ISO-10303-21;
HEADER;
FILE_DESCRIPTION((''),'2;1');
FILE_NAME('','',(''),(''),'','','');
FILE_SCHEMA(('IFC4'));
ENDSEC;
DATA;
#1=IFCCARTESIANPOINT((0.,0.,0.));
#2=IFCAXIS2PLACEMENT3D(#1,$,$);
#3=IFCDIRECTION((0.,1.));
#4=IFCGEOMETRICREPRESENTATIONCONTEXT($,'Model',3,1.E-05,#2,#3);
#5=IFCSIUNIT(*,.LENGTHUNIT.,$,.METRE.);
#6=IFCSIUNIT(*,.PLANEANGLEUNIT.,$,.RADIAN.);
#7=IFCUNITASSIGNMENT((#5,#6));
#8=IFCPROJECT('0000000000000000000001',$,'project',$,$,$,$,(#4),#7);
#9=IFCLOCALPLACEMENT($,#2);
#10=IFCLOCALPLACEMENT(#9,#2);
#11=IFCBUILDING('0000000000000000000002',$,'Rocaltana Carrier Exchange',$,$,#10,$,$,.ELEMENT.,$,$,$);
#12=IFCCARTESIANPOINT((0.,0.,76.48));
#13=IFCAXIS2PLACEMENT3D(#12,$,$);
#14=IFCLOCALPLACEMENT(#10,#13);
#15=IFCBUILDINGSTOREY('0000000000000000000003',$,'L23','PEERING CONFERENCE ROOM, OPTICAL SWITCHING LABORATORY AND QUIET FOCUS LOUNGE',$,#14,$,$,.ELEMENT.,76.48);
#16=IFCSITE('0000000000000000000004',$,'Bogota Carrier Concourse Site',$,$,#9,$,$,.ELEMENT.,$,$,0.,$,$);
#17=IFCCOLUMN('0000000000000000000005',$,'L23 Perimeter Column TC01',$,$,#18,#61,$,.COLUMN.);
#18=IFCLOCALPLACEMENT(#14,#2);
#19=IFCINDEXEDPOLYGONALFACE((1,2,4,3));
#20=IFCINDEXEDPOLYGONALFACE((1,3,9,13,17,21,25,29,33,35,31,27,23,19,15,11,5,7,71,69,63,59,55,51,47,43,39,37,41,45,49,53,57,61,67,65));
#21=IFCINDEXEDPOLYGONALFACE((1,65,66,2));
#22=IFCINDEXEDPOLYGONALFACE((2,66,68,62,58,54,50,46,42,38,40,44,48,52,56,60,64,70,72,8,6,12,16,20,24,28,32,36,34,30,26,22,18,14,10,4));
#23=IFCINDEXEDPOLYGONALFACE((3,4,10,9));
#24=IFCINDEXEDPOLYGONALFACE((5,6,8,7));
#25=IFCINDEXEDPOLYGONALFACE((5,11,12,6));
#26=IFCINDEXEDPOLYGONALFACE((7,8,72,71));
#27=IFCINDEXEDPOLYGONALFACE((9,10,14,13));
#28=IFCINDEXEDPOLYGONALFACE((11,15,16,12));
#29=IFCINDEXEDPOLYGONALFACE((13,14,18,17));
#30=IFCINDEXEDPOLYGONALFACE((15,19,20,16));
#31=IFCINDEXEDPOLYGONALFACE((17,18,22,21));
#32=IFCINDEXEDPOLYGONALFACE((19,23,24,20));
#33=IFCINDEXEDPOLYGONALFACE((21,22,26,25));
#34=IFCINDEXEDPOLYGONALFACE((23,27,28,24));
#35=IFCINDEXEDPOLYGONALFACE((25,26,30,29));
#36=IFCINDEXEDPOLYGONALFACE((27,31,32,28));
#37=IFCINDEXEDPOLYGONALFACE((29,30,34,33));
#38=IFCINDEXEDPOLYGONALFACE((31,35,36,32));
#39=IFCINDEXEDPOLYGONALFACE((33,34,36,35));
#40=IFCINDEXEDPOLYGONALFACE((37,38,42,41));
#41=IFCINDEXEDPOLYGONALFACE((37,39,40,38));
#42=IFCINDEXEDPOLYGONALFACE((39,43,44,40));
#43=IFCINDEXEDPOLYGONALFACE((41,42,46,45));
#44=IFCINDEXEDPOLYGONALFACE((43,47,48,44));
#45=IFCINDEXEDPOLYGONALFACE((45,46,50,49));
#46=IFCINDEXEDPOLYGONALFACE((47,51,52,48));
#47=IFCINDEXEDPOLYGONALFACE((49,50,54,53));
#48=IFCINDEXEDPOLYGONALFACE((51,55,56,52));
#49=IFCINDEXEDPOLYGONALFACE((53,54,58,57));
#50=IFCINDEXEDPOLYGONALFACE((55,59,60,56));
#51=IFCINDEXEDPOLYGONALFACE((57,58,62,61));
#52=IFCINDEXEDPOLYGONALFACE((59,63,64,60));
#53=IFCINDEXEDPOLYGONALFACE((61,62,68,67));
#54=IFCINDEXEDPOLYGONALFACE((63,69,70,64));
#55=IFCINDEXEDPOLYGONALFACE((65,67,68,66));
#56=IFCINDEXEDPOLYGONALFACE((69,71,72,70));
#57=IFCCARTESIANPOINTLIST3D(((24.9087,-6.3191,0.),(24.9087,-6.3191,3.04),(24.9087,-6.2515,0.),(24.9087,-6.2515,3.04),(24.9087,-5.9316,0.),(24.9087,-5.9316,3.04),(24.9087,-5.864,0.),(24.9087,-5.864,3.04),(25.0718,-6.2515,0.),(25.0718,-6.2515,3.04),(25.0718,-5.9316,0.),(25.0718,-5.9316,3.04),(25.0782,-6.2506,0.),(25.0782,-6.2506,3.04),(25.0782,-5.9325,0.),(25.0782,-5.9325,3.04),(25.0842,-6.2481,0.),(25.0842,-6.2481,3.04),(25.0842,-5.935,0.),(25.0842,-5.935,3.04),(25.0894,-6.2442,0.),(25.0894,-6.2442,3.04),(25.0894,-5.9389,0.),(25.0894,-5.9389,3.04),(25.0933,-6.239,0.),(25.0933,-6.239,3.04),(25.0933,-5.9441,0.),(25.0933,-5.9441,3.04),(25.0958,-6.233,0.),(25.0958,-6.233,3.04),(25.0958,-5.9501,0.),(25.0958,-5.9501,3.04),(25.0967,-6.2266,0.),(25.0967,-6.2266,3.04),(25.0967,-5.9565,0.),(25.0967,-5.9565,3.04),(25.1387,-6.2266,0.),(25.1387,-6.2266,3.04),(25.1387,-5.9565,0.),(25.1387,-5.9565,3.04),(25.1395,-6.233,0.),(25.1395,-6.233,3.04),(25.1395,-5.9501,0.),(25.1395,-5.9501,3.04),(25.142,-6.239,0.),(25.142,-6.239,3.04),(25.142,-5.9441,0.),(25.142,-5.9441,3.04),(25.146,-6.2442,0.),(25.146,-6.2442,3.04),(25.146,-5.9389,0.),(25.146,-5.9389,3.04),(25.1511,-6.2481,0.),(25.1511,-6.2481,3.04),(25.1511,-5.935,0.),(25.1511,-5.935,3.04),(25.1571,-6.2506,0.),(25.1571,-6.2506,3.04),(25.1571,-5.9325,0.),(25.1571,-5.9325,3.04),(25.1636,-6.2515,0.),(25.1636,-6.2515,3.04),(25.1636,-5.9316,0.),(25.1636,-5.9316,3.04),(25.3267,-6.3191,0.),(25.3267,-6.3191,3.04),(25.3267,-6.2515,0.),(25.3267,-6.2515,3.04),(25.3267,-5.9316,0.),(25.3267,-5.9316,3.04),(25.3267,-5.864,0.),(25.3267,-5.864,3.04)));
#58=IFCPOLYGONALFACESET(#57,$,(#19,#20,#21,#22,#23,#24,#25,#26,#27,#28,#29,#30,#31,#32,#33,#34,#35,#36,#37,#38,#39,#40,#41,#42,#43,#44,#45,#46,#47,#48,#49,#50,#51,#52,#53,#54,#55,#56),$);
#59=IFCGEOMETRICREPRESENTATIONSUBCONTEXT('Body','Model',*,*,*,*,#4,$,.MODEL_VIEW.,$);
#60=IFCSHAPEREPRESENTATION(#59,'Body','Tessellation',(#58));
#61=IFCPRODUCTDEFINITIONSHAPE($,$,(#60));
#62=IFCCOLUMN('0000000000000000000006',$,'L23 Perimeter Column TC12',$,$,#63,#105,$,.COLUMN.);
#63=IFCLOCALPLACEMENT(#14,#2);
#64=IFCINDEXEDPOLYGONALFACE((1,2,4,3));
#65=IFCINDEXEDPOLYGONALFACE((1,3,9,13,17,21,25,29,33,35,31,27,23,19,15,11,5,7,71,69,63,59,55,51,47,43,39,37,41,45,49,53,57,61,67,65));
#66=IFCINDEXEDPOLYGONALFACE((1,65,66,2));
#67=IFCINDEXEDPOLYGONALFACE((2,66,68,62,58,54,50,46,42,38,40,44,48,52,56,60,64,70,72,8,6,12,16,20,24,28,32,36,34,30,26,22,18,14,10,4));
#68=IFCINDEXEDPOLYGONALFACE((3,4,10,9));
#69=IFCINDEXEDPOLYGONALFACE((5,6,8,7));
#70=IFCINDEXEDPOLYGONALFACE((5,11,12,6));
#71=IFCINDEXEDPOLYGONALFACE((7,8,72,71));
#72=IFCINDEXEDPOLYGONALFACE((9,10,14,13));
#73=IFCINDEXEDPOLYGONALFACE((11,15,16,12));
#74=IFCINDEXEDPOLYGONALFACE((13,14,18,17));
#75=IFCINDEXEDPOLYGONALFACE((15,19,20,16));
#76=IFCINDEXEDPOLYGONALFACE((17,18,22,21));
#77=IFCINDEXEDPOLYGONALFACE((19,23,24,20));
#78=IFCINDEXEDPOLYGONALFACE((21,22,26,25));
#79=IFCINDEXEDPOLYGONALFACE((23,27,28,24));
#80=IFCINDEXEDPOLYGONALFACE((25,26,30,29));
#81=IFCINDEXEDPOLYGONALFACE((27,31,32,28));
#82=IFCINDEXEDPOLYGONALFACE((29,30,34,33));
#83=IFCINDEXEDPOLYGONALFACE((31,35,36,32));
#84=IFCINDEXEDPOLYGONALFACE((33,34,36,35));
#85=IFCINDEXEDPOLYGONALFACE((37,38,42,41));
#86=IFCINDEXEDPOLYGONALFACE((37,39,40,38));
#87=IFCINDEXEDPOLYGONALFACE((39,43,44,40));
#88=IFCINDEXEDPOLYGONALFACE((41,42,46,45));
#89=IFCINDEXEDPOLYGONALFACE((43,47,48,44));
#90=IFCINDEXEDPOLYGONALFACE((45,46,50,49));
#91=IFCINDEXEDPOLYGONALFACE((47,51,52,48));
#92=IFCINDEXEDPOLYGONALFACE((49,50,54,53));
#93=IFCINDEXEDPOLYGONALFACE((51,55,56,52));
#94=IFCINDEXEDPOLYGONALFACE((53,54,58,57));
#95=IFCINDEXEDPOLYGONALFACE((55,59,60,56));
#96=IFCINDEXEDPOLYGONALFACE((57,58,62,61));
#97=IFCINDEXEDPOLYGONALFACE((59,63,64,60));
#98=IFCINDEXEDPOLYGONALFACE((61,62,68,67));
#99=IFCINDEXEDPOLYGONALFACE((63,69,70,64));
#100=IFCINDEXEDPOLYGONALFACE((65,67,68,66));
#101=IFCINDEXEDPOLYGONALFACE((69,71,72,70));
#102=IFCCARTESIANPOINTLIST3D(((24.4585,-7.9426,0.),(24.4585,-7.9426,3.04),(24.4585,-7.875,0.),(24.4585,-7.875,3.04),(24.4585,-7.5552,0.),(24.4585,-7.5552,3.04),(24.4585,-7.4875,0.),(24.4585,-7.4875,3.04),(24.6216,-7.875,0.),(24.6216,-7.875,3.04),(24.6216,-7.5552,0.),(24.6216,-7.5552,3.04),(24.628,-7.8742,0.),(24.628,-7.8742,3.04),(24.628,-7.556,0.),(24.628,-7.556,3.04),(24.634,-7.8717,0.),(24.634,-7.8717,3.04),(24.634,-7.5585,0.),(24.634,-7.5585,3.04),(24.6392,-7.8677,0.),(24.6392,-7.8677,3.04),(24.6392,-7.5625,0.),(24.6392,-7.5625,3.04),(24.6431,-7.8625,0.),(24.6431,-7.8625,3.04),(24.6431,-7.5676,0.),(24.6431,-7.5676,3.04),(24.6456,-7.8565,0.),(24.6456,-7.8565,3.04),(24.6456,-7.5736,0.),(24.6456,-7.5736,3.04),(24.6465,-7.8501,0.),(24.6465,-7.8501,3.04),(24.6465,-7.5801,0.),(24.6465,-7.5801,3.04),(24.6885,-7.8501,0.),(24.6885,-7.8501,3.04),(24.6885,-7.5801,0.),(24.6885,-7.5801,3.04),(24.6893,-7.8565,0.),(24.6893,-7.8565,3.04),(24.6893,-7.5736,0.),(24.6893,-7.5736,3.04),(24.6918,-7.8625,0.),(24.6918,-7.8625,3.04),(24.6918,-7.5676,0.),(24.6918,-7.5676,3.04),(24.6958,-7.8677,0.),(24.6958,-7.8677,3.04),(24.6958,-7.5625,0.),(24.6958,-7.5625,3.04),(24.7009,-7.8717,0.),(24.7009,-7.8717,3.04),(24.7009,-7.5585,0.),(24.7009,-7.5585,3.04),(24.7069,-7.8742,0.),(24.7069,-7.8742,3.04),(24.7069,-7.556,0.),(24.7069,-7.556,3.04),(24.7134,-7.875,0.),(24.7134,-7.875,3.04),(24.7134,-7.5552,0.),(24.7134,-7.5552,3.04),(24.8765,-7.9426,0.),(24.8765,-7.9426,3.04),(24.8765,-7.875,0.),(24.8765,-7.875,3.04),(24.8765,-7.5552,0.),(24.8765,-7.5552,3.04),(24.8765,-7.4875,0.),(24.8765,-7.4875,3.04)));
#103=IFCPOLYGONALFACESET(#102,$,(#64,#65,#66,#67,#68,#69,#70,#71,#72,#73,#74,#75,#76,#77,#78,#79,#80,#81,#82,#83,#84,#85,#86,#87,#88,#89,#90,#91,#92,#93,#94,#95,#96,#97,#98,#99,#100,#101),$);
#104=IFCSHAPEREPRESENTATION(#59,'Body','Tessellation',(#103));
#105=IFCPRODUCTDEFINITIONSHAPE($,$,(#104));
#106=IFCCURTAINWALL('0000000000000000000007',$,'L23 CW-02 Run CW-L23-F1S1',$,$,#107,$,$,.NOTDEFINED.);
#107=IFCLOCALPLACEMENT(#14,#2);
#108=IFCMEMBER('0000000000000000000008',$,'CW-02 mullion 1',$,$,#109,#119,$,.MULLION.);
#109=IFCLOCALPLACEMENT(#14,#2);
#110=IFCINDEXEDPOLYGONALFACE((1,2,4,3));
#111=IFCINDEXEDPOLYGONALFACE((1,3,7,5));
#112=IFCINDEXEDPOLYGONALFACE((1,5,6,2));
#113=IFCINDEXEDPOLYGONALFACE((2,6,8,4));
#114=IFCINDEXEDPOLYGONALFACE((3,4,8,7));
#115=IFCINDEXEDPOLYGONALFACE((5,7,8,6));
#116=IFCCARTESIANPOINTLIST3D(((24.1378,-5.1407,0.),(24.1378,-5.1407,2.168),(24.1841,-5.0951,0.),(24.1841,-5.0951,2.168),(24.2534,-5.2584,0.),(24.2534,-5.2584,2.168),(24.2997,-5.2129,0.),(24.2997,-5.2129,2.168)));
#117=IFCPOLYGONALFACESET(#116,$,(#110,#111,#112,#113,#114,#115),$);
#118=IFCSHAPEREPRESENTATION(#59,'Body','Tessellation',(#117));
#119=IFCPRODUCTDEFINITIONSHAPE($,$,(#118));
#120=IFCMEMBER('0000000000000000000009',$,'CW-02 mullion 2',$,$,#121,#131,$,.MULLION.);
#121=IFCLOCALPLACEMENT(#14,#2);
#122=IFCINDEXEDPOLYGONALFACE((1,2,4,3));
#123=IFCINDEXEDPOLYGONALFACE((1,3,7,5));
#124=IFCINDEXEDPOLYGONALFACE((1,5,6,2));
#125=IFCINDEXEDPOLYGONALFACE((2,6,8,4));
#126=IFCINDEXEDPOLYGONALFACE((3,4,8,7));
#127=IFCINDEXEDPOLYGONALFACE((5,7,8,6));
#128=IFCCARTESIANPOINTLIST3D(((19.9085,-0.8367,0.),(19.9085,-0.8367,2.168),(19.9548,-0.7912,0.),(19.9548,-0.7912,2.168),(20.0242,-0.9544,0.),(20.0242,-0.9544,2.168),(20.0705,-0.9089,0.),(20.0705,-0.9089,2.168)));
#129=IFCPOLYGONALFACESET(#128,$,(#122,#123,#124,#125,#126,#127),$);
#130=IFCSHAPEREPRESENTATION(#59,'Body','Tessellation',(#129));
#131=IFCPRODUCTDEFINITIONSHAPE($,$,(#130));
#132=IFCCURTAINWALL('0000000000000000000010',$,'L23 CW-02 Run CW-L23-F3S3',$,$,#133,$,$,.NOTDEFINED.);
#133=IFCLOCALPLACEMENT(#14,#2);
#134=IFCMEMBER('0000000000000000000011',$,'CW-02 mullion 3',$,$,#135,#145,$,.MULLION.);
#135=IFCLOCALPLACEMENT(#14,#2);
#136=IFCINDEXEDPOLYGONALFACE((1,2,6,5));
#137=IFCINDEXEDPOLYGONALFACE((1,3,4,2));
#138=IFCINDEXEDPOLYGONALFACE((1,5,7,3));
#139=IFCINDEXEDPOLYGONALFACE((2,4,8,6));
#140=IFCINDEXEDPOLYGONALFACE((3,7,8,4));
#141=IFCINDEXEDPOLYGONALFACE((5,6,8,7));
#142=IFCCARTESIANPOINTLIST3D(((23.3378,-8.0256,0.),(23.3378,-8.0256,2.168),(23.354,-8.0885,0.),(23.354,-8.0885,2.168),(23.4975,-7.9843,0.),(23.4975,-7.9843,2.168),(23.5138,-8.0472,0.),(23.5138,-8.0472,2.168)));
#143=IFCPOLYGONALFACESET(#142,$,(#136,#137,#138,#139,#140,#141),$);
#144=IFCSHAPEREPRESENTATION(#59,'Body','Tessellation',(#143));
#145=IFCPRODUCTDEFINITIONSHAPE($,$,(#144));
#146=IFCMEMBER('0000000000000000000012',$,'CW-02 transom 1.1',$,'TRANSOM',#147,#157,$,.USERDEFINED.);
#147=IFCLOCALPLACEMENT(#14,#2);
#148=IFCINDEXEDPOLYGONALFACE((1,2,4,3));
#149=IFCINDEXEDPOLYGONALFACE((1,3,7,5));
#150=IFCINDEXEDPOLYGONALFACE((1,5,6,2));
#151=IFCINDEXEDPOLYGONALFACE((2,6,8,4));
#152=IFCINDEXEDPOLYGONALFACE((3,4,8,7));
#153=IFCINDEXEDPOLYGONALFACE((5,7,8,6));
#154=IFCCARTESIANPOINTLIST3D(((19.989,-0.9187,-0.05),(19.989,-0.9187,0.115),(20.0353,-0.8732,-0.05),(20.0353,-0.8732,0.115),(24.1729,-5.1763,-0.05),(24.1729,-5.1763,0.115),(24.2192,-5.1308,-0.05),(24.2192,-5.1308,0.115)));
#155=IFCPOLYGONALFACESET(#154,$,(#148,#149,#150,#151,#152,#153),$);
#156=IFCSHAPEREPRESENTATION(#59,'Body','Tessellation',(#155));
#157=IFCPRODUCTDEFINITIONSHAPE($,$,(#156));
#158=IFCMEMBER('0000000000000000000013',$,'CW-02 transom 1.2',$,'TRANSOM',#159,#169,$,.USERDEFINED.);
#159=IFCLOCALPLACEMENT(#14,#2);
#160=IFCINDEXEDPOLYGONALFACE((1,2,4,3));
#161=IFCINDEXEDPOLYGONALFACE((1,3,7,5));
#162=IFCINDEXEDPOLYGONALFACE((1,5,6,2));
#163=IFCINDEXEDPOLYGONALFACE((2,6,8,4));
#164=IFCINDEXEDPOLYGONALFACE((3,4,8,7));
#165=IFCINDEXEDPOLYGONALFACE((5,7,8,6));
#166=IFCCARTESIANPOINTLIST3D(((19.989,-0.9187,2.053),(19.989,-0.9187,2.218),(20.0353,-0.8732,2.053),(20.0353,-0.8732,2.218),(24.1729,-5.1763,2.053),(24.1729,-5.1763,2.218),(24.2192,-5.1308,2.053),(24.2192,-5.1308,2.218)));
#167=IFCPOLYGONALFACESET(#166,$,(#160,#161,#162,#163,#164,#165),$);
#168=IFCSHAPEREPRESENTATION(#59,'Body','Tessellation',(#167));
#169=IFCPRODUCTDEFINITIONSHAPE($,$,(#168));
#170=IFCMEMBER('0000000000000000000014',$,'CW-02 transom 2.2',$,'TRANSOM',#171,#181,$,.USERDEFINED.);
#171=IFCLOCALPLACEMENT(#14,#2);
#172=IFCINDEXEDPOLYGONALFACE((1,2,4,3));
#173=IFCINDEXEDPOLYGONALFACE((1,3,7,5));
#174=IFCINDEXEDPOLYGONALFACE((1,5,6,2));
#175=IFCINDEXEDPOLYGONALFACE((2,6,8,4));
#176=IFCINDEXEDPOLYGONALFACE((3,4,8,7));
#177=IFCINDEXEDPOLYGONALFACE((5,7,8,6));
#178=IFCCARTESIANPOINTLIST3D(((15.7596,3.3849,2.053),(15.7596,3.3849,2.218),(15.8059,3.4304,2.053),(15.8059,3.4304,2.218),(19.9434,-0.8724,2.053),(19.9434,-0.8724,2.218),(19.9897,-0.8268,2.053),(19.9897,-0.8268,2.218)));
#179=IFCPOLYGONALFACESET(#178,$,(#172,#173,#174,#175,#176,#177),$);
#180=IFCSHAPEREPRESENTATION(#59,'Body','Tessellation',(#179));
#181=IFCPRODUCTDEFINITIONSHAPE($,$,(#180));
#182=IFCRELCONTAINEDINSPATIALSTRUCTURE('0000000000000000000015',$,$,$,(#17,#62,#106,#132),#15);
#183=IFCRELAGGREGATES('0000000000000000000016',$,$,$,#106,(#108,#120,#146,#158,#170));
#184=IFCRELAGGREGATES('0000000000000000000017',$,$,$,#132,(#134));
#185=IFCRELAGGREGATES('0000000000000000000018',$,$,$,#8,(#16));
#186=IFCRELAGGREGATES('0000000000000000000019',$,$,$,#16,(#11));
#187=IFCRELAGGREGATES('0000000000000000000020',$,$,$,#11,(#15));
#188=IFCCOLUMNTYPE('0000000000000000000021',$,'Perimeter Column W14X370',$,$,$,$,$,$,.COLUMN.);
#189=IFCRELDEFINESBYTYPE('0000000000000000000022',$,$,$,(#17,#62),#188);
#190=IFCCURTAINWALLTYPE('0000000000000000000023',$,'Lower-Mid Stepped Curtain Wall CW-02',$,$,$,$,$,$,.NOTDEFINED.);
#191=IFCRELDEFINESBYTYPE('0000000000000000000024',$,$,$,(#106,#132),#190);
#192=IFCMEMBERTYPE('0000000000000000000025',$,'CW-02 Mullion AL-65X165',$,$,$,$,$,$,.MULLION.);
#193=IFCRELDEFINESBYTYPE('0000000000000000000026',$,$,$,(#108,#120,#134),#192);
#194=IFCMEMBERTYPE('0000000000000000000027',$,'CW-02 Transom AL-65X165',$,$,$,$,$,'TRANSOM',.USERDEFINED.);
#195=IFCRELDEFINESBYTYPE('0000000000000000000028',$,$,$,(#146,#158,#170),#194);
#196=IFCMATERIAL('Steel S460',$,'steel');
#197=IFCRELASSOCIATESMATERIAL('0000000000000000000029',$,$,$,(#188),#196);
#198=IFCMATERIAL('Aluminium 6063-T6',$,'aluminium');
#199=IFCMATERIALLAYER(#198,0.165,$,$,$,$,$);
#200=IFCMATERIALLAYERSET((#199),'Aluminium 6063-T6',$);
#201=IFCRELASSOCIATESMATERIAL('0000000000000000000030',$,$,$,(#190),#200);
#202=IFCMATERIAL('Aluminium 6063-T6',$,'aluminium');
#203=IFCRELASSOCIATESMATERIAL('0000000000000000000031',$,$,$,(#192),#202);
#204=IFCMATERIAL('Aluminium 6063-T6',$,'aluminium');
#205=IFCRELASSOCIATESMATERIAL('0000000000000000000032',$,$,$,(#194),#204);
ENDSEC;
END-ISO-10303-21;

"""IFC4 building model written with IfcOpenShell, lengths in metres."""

from ifc_helpers import new_model, si_unit, direction, frame, origin, origin_2d, place, context, subcontext, project, spatial, rectangle, i_section, extrude, material, layer, layer_set, material_profile, profile_set, type_object, element, aggregate, save


model = new_model("IFC4")

# Units and contexts
model_context = context("Model", 3, precision=1e-05, world=origin(), true_north=direction((0.0, 1.0)))
body_context = subcontext(model_context, "Body", "Model", "MODEL_VIEW")
ifc_project = project(units=[si_unit("LENGTHUNIT", "METRE"), si_unit("PLANEANGLEUNIT", "RADIAN")], contexts=[model_context])

# Site, building, storey
site_placement = place(None, origin())
site = spatial("IfcSite", under=ifc_project, at=site_placement, Name="Bogota Carrier Concourse Site", CompositionType="ELEMENT", RefElevation=0.0)
building_placement = place(site_placement, origin())
building = spatial("IfcBuilding", under=site, at=building_placement, Name="Rocaltana Carrier Exchange", CompositionType="ELEMENT")
storey_placement = place(building_placement, frame((0.0, 0.0, 76.48)))
storey = spatial("IfcBuildingStorey", under=building, at=storey_placement, Name="L23", Description="PEERING CONFERENCE ROOM, OPTICAL SWITCHING LABORATORY AND QUIET FOCUS LOUNGE", CompositionType="ELEMENT", Elevation=76.48)

# Columns
ifc_material_1 = material(Name="Steel S460", Category="steel")
ifc_material_profile_1 = material_profile(ifc_material_1, i_section(OverallWidth=0.418, OverallDepth=0.4551, WebThickness=0.042, FlangeThickness=0.0676, FilletRadius=0.0249, at=origin_2d()), Name="W14X370")
ifc_profile_set_1 = profile_set([ifc_material_profile_1], Name="Steel S460")
column_type = type_object("IfcColumnType", Name="Perimeter Column W14X370", PredefinedType="COLUMN", material=ifc_profile_set_1)
for number, where, z_axis, x_axis, name in (
    (1, (25.1177, -6.0916, 0.0), (0.0, 0.0, 1.0), (1.0, 0.0, 0.0), "L23 Perimeter Column TC01"),
    (2, (24.6675, -7.7151, 0.0), (0.0, 0.0, 1.0), (1.0, 0.0, 0.0), "L23 Perimeter Column TC12"),
):
    element("IfcColumn", number, at=place(storey_placement, frame(where, z_axis=z_axis, x_axis=x_axis)), inside=storey, type_object=column_type, Name=name, PredefinedType="COLUMN", context=body_context, shape_type="SweptSolid", body=[
        extrude(i_section(OverallWidth=0.418, OverallDepth=0.4551, WebThickness=0.042, FlangeThickness=0.0676, FilletRadius=0.0249, at=origin_2d()), origin(), (0.0, 0.0, 1.0), 3.04),
    ])

# Curtain wall, members
ifc_material_2 = material(Name="Aluminium 6063-T6", Category="aluminium")
ifc_layer_1 = layer(ifc_material_2, 0.165)
ifc_layer_set_1 = layer_set([ifc_layer_1], Name="Aluminium 6063-T6")
curtain_wall_type = type_object("IfcCurtainWallType", Name="Lower-Mid Stepped Curtain Wall CW-02", PredefinedType="NOTDEFINED", material=ifc_layer_set_1)
curtain_wall_1_placement = place(storey_placement, origin())
curtain_wall_1 = element("IfcCurtainWall", 3, at=curtain_wall_1_placement, inside=storey, type_object=curtain_wall_type, Name="L23 CW-02 Run CW-L23-F1S1", PredefinedType="NOTDEFINED")
ifc_material_3 = material(Name="Aluminium 6063-T6", Category="aluminium")
ifc_material_profile_2 = material_profile(ifc_material_3, rectangle(XDim=0.0649, YDim=0.165, at=origin_2d()), Name="AL-65X165")
ifc_profile_set_2 = profile_set([ifc_material_profile_2], Name="Aluminium 6063-T6")
member_type_1 = type_object("IfcMemberType", Name="CW-02 Mullion AL-65X165", PredefinedType="MULLION", material=ifc_profile_set_2)
member_1_placement = place(storey_placement, frame((24.2188, -5.1768, 0.0), z_axis=(0.0, 0.0, 1.0), x_axis=(-0.713245, -0.700915, 0.0)))
member_1 = element("IfcMember", 4, at=member_1_placement, type_object=member_type_1, Name="CW-02 mullion 1", PredefinedType="MULLION", context=body_context, shape_type="SweptSolid", body=[
    extrude(rectangle(XDim=0.0649, YDim=0.165, at=origin_2d()), origin(), (0.0, 0.0, 1.0), 2.168),
])
member_2_placement = place(storey_placement, frame((19.9895, -0.8728, 0.0), z_axis=(0.0, 0.0, 1.0), x_axis=(-0.713245, -0.700915, 0.0)))
member_2 = element("IfcMember", 5, at=member_2_placement, type_object=member_type_1, Name="CW-02 mullion 2", PredefinedType="MULLION", context=body_context, shape_type="SweptSolid", body=[
    extrude(rectangle(XDim=0.0649, YDim=0.165, at=origin_2d()), origin(), (0.0, 0.0, 1.0), 2.168),
])

# Curtain wall, member
curtain_wall_2_placement = place(storey_placement, origin())
curtain_wall_2 = element("IfcCurtainWall", 6, at=curtain_wall_2_placement, inside=storey, type_object=curtain_wall_type, Name="L23 CW-02 Run CW-L23-F3S3", PredefinedType="NOTDEFINED")
member_3_placement = place(storey_placement, frame((23.4258, -8.0364, 0.0), z_axis=(0.0, 0.0, 1.0), x_axis=(-0.25037, 0.96815, 0.0)))
member_3 = element("IfcMember", 7, at=member_3_placement, type_object=member_type_1, Name="CW-02 mullion 3", PredefinedType="MULLION", context=body_context, shape_type="SweptSolid", body=[
    extrude(rectangle(XDim=0.0649, YDim=0.165, at=origin_2d()), origin(), (0.0, 0.0, 1.0), 2.168),
])

# Members
ifc_material_4 = material(Name="Aluminium 6063-T6", Category="aluminium")
ifc_material_profile_3 = material_profile(ifc_material_4, rectangle(XDim=0.0649, YDim=0.165, at=origin_2d()), Name="AL-65X165")
ifc_profile_set_3 = profile_set([ifc_material_profile_3], Name="Aluminium 6063-T6")
member_type_2 = type_object("IfcMemberType", Name="CW-02 Transom AL-65X165", ElementType="TRANSOM", PredefinedType="USERDEFINED", material=ifc_profile_set_3)
member_4_placement = place(storey_placement, frame((24.196, -5.1536, 0.0325), z_axis=(-0.700904, 0.713256, 0.0), x_axis=(-0.713256, -0.700904, 0.0)))
member_4 = element("IfcMember", 8, at=member_4_placement, type_object=member_type_2, Name="CW-02 transom 1.1", ObjectType="TRANSOM", PredefinedType="USERDEFINED", context=body_context, shape_type="SweptSolid", body=[
    extrude(rectangle(XDim=0.0649, YDim=0.165, at=origin_2d()), origin(), (0.0, 0.0, 1.0), 5.9692),
])
member_5_placement = place(storey_placement, frame((24.196, -5.1536, 2.1355), z_axis=(-0.700904, 0.713256, 0.0), x_axis=(-0.713256, -0.700904, 0.0)))
member_5 = element("IfcMember", 9, at=member_5_placement, type_object=member_type_2, Name="CW-02 transom 1.2", ObjectType="TRANSOM", PredefinedType="USERDEFINED", context=body_context, shape_type="SweptSolid", body=[
    extrude(rectangle(XDim=0.0649, YDim=0.165, at=origin_2d()), origin(), (0.0, 0.0, 1.0), 5.9692),
])
member_6_placement = place(storey_placement, frame((19.9666, -0.8496, 2.1355), z_axis=(-0.700924, 0.713236, 0.0), x_axis=(-0.713236, -0.700924, 0.0)))
member_6 = element("IfcMember", 10, at=member_6_placement, type_object=member_type_2, Name="CW-02 transom 2.2", ObjectType="TRANSOM", PredefinedType="USERDEFINED", context=body_context, shape_type="SweptSolid", body=[
    extrude(rectangle(XDim=0.0649, YDim=0.165, at=origin_2d()), origin(), (0.0, 0.0, 1.0), 5.969),
])

aggregate(curtain_wall_1, [member_1, member_2, member_4, member_5, member_6])
aggregate(curtain_wall_2, [member_3])

save(model, "model.ifc")
